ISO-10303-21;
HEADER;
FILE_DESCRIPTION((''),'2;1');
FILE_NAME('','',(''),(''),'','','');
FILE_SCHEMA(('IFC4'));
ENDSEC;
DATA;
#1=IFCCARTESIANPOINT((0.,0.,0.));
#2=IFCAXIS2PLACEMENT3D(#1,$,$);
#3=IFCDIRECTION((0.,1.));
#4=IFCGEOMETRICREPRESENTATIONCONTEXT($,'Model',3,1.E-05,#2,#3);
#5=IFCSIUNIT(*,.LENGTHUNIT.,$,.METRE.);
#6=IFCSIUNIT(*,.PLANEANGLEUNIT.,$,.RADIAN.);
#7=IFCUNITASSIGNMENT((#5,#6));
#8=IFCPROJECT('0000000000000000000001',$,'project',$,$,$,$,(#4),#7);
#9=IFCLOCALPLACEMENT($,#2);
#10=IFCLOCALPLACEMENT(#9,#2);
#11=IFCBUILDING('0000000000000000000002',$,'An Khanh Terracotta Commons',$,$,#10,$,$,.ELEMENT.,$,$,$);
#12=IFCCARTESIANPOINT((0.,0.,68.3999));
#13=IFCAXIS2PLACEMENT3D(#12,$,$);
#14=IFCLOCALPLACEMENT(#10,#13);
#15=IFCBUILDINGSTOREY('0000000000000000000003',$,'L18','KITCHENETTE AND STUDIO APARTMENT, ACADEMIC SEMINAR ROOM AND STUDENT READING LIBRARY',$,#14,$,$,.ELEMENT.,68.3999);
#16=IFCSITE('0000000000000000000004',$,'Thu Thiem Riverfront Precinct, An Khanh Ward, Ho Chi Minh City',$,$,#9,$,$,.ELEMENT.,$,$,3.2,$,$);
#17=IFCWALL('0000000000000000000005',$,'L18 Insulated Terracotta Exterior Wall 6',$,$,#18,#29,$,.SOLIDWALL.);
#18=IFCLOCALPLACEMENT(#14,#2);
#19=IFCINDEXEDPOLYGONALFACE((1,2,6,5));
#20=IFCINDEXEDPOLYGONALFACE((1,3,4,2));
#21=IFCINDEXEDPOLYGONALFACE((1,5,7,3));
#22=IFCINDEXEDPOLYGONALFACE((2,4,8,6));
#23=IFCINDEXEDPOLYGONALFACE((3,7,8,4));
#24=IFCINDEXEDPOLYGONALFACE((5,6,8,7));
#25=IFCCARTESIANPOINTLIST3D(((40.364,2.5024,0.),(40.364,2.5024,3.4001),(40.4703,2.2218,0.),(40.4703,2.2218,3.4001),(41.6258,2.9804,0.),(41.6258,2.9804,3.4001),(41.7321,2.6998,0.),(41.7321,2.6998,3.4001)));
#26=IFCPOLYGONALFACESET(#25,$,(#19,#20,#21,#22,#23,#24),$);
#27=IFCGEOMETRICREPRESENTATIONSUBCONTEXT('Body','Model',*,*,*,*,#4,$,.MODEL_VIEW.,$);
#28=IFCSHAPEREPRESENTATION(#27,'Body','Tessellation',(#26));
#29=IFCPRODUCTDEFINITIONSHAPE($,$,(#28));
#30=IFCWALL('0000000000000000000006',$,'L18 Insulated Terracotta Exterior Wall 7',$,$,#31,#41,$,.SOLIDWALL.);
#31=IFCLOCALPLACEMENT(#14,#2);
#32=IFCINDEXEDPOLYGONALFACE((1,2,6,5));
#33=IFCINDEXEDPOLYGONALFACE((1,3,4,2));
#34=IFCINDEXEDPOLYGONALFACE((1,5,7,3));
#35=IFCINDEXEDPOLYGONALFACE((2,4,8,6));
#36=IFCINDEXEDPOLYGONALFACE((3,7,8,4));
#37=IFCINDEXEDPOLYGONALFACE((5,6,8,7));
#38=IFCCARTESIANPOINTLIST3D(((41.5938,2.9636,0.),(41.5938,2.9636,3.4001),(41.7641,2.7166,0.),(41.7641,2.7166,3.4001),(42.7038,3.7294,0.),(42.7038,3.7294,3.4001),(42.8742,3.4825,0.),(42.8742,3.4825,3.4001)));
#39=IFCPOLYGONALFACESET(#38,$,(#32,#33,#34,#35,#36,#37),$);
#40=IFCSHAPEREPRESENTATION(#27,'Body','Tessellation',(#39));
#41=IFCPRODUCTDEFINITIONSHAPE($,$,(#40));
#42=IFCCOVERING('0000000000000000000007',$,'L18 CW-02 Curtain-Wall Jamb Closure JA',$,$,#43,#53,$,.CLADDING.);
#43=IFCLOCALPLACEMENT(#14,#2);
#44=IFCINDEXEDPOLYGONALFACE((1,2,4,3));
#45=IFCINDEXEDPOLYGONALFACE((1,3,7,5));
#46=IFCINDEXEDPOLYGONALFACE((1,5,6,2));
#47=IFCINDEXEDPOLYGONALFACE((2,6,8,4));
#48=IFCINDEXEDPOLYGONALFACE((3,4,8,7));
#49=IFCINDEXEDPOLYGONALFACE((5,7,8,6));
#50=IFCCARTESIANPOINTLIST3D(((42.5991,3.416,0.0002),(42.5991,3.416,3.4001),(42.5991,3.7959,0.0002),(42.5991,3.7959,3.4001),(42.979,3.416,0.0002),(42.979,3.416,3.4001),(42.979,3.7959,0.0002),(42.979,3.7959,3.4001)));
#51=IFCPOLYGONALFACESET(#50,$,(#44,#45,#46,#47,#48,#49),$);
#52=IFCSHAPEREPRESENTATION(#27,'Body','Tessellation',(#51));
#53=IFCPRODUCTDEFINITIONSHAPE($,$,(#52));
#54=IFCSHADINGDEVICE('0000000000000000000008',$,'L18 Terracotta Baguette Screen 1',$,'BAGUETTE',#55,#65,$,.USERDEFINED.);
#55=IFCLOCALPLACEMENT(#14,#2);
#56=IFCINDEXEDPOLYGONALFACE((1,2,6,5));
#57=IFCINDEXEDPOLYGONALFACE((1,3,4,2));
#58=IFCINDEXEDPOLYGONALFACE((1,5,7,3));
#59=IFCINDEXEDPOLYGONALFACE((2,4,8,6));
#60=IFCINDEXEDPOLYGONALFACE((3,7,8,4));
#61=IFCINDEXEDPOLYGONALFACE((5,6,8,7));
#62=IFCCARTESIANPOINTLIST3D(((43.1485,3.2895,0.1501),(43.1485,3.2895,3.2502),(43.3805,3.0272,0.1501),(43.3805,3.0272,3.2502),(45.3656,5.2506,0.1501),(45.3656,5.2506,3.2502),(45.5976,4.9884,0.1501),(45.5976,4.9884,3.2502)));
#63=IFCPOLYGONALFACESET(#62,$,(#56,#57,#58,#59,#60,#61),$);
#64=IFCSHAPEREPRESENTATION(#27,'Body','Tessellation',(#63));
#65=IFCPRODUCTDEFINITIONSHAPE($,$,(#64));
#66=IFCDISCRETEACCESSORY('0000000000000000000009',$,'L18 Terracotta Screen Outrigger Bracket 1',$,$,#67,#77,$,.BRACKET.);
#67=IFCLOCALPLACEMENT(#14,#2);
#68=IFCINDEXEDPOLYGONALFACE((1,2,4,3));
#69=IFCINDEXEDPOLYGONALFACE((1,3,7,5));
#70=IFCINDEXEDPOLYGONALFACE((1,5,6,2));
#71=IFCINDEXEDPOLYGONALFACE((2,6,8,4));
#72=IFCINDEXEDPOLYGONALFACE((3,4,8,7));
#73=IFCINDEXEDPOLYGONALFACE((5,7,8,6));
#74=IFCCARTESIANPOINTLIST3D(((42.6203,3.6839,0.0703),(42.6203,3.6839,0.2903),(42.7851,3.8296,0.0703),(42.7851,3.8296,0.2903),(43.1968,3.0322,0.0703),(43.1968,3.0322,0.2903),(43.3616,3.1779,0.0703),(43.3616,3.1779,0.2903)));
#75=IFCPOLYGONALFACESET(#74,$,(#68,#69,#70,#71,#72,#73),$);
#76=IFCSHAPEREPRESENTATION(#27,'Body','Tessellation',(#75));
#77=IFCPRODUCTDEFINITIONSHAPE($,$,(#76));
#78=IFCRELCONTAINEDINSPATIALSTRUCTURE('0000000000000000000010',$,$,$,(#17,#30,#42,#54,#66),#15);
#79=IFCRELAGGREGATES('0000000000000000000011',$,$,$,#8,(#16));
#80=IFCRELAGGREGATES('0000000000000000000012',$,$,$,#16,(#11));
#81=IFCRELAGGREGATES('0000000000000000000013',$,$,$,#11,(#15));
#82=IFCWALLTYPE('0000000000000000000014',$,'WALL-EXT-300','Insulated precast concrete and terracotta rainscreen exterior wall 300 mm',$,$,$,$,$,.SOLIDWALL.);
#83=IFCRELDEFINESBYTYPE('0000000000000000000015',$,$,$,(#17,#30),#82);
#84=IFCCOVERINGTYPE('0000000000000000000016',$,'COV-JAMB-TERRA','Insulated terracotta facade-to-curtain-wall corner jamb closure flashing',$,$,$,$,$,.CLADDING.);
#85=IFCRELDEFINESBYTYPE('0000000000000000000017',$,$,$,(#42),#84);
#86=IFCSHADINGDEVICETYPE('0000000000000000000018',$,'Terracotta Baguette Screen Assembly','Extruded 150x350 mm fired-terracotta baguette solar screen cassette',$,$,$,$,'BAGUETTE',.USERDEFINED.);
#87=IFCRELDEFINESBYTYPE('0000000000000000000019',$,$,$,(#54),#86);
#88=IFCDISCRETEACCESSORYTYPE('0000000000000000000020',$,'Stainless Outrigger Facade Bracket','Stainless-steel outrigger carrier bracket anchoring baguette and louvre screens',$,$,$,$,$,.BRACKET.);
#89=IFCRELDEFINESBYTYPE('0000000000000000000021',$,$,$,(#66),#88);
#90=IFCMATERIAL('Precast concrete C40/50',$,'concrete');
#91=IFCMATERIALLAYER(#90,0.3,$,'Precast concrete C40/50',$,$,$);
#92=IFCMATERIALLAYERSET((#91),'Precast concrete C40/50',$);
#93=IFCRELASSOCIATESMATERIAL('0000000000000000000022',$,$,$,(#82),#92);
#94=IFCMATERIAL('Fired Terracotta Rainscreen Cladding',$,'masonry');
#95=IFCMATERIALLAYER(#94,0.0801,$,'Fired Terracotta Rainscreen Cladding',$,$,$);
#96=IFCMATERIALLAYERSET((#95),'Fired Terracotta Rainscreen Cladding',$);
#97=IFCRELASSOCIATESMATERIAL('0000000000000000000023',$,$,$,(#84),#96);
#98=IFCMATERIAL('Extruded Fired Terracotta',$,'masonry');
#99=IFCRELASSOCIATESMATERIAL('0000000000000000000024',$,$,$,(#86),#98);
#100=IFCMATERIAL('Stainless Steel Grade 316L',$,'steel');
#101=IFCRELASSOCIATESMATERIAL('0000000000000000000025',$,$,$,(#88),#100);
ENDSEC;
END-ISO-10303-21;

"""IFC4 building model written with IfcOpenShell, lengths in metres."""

from ifc_helpers import new_model, si_unit, direction, frame, frame_2d, origin, origin_2d, place, context, subcontext, project, spatial, rectangle, extrude, material, layer, layer_set, type_object, element, save


model = new_model("IFC4")

# Units and contexts
model_context = context("Model", 3, precision=1e-05, world=origin(), true_north=direction((0.0, 1.0)))
body_context = subcontext(model_context, "Body", "Model", "MODEL_VIEW")
ifc_project = project(units=[si_unit("LENGTHUNIT", "METRE"), si_unit("PLANEANGLEUNIT", "RADIAN")], contexts=[model_context])

# Site, building, storey
site_placement = place(None, origin())
site = spatial("IfcSite", under=ifc_project, at=site_placement, Name="Thu Thiem Riverfront Precinct, An Khanh Ward, Ho Chi Minh City", CompositionType="ELEMENT", RefElevation=3.2)
building_placement = place(site_placement, origin())
building = spatial("IfcBuilding", under=site, at=building_placement, Name="An Khanh Terracotta Commons", CompositionType="ELEMENT")
storey_placement = place(building_placement, frame((0.0, 0.0, 68.3999)))
storey = spatial("IfcBuildingStorey", under=building, at=storey_placement, Name="L18", Description="KITCHENETTE AND STUDIO APARTMENT, ACADEMIC SEMINAR ROOM AND STUDENT READING LIBRARY", CompositionType="ELEMENT", Elevation=68.3999)

# Walls
ifc_material_1 = material(Name="Precast concrete C40/50", Category="concrete")
ifc_layer_1 = layer(ifc_material_1, 0.3, Name="Precast concrete C40/50")
ifc_layer_set_1 = layer_set([ifc_layer_1], Name="Precast concrete C40/50")
wall_type_1 = type_object("IfcWallType", Name="WALL-EXT-300", Description="Insulated precast concrete and terracotta rainscreen exterior wall 300 mm", PredefinedType="SOLIDWALL", material=ifc_layer_set_1)
wall_1_placement = place(storey_placement, frame((40.417, 2.3621, 0.0), z_axis=(0.0, 0.0, 1.0), x_axis=(0.935157, 0.354234, 0.0)))
element("IfcWall", 1, at=wall_1_placement, inside=storey, type_object=wall_type_1, Name="L18 Insulated Terracotta Exterior Wall 6", PredefinedType="SOLIDWALL", context=body_context, shape_type="SweptSolid", body=[
    extrude(rectangle(XDim=1.3494, YDim=0.3, at=frame_2d((0.6748, 0.0))), origin(), (0.0, 0.0, 1.0), 3.4001),
])
wall_2_placement = place(storey_placement, frame((41.679, 2.8401, 0.0), z_axis=(0.0, 0.0, 1.0), x_axis=(0.823117, 0.567873, 0.0)))
element("IfcWall", 2, at=wall_2_placement, inside=storey, type_object=wall_type_1, Name="L18 Insulated Terracotta Exterior Wall 7", PredefinedType="SOLIDWALL", context=body_context, shape_type="SweptSolid", body=[
    extrude(rectangle(XDim=1.3486, YDim=0.3, at=frame_2d((0.6743, 0.0))), origin(), (0.0, 0.0, 1.0), 3.4001),
])

# Covering
ifc_material_2 = material(Name="Fired Terracotta Rainscreen Cladding", Category="masonry")
ifc_layer_2 = layer(ifc_material_2, 0.0801, Name="Fired Terracotta Rainscreen Cladding")
ifc_layer_set_2 = layer_set([ifc_layer_2], Name="Fired Terracotta Rainscreen Cladding")
covering_type = type_object("IfcCoveringType", Name="COV-JAMB-TERRA", Description="Insulated terracotta facade-to-curtain-wall corner jamb closure flashing", PredefinedType="CLADDING", material=ifc_layer_set_2)
covering_placement = place(storey_placement, frame((42.7891, 3.606, 0.0002), z_axis=(0.0, 0.0, 1.0), x_axis=(1.0, 0.0, 0.0)))
element("IfcCovering", 3, at=covering_placement, inside=storey, type_object=covering_type, Name="L18 CW-02 Curtain-Wall Jamb Closure JA", PredefinedType="CLADDING", context=body_context, shape_type="SweptSolid", body=[
    extrude(rectangle(XDim=0.3799, YDim=0.3799, at=origin_2d()), origin(), (0.0, 0.0, 1.0), 3.3999),
])

# Shading device
ifc_material_3 = material(Name="Extruded Fired Terracotta", Category="masonry")
shading_device_type = type_object("IfcShadingDeviceType", Name="Terracotta Baguette Screen Assembly", Description="Extruded 150x350 mm fired-terracotta baguette solar screen cassette", ElementType="BAGUETTE", PredefinedType="USERDEFINED", material=ifc_material_3)
shading_device_placement = place(storey_placement, frame((44.373, 4.1389, 0.1501), z_axis=(0.0, 0.0, 1.0), x_axis=(0.749019, 0.662548, 0.0)))
element("IfcShadingDevice", 4, at=shading_device_placement, inside=storey, type_object=shading_device_type, Name="L18 Terracotta Baguette Screen 1", ObjectType="BAGUETTE", PredefinedType="USERDEFINED", context=body_context, shape_type="SweptSolid", body=[
    extrude(rectangle(XDim=2.96, YDim=0.3501, at=origin_2d()), origin(), (0.0, 0.0, 1.0), 3.1001),
])

# Discrete accessory
ifc_material_4 = material(Name="Stainless Steel Grade 316L", Category="steel")
discrete_accessory_type = type_object("IfcDiscreteAccessoryType", Name="Stainless Outrigger Facade Bracket", Description="Stainless-steel outrigger carrier bracket anchoring baguette and louvre screens", PredefinedType="BRACKET", material=ifc_material_4)
discrete_accessory_placement = place(storey_placement, frame((42.991, 3.4309, 0.0703), z_axis=(0.0, 0.0, 1.0), x_axis=(0.749019, 0.662548, 0.0)))
element("IfcDiscreteAccessory", 5, at=discrete_accessory_placement, inside=storey, type_object=discrete_accessory_type, Name="L18 Terracotta Screen Outrigger Bracket 1", PredefinedType="BRACKET", context=body_context, shape_type="SweptSolid", body=[
    extrude(rectangle(XDim=0.22, YDim=0.8701, at=origin_2d()), origin(), (0.0, 0.0, 1.0), 0.22),
])

save(model, "model.ifc")
